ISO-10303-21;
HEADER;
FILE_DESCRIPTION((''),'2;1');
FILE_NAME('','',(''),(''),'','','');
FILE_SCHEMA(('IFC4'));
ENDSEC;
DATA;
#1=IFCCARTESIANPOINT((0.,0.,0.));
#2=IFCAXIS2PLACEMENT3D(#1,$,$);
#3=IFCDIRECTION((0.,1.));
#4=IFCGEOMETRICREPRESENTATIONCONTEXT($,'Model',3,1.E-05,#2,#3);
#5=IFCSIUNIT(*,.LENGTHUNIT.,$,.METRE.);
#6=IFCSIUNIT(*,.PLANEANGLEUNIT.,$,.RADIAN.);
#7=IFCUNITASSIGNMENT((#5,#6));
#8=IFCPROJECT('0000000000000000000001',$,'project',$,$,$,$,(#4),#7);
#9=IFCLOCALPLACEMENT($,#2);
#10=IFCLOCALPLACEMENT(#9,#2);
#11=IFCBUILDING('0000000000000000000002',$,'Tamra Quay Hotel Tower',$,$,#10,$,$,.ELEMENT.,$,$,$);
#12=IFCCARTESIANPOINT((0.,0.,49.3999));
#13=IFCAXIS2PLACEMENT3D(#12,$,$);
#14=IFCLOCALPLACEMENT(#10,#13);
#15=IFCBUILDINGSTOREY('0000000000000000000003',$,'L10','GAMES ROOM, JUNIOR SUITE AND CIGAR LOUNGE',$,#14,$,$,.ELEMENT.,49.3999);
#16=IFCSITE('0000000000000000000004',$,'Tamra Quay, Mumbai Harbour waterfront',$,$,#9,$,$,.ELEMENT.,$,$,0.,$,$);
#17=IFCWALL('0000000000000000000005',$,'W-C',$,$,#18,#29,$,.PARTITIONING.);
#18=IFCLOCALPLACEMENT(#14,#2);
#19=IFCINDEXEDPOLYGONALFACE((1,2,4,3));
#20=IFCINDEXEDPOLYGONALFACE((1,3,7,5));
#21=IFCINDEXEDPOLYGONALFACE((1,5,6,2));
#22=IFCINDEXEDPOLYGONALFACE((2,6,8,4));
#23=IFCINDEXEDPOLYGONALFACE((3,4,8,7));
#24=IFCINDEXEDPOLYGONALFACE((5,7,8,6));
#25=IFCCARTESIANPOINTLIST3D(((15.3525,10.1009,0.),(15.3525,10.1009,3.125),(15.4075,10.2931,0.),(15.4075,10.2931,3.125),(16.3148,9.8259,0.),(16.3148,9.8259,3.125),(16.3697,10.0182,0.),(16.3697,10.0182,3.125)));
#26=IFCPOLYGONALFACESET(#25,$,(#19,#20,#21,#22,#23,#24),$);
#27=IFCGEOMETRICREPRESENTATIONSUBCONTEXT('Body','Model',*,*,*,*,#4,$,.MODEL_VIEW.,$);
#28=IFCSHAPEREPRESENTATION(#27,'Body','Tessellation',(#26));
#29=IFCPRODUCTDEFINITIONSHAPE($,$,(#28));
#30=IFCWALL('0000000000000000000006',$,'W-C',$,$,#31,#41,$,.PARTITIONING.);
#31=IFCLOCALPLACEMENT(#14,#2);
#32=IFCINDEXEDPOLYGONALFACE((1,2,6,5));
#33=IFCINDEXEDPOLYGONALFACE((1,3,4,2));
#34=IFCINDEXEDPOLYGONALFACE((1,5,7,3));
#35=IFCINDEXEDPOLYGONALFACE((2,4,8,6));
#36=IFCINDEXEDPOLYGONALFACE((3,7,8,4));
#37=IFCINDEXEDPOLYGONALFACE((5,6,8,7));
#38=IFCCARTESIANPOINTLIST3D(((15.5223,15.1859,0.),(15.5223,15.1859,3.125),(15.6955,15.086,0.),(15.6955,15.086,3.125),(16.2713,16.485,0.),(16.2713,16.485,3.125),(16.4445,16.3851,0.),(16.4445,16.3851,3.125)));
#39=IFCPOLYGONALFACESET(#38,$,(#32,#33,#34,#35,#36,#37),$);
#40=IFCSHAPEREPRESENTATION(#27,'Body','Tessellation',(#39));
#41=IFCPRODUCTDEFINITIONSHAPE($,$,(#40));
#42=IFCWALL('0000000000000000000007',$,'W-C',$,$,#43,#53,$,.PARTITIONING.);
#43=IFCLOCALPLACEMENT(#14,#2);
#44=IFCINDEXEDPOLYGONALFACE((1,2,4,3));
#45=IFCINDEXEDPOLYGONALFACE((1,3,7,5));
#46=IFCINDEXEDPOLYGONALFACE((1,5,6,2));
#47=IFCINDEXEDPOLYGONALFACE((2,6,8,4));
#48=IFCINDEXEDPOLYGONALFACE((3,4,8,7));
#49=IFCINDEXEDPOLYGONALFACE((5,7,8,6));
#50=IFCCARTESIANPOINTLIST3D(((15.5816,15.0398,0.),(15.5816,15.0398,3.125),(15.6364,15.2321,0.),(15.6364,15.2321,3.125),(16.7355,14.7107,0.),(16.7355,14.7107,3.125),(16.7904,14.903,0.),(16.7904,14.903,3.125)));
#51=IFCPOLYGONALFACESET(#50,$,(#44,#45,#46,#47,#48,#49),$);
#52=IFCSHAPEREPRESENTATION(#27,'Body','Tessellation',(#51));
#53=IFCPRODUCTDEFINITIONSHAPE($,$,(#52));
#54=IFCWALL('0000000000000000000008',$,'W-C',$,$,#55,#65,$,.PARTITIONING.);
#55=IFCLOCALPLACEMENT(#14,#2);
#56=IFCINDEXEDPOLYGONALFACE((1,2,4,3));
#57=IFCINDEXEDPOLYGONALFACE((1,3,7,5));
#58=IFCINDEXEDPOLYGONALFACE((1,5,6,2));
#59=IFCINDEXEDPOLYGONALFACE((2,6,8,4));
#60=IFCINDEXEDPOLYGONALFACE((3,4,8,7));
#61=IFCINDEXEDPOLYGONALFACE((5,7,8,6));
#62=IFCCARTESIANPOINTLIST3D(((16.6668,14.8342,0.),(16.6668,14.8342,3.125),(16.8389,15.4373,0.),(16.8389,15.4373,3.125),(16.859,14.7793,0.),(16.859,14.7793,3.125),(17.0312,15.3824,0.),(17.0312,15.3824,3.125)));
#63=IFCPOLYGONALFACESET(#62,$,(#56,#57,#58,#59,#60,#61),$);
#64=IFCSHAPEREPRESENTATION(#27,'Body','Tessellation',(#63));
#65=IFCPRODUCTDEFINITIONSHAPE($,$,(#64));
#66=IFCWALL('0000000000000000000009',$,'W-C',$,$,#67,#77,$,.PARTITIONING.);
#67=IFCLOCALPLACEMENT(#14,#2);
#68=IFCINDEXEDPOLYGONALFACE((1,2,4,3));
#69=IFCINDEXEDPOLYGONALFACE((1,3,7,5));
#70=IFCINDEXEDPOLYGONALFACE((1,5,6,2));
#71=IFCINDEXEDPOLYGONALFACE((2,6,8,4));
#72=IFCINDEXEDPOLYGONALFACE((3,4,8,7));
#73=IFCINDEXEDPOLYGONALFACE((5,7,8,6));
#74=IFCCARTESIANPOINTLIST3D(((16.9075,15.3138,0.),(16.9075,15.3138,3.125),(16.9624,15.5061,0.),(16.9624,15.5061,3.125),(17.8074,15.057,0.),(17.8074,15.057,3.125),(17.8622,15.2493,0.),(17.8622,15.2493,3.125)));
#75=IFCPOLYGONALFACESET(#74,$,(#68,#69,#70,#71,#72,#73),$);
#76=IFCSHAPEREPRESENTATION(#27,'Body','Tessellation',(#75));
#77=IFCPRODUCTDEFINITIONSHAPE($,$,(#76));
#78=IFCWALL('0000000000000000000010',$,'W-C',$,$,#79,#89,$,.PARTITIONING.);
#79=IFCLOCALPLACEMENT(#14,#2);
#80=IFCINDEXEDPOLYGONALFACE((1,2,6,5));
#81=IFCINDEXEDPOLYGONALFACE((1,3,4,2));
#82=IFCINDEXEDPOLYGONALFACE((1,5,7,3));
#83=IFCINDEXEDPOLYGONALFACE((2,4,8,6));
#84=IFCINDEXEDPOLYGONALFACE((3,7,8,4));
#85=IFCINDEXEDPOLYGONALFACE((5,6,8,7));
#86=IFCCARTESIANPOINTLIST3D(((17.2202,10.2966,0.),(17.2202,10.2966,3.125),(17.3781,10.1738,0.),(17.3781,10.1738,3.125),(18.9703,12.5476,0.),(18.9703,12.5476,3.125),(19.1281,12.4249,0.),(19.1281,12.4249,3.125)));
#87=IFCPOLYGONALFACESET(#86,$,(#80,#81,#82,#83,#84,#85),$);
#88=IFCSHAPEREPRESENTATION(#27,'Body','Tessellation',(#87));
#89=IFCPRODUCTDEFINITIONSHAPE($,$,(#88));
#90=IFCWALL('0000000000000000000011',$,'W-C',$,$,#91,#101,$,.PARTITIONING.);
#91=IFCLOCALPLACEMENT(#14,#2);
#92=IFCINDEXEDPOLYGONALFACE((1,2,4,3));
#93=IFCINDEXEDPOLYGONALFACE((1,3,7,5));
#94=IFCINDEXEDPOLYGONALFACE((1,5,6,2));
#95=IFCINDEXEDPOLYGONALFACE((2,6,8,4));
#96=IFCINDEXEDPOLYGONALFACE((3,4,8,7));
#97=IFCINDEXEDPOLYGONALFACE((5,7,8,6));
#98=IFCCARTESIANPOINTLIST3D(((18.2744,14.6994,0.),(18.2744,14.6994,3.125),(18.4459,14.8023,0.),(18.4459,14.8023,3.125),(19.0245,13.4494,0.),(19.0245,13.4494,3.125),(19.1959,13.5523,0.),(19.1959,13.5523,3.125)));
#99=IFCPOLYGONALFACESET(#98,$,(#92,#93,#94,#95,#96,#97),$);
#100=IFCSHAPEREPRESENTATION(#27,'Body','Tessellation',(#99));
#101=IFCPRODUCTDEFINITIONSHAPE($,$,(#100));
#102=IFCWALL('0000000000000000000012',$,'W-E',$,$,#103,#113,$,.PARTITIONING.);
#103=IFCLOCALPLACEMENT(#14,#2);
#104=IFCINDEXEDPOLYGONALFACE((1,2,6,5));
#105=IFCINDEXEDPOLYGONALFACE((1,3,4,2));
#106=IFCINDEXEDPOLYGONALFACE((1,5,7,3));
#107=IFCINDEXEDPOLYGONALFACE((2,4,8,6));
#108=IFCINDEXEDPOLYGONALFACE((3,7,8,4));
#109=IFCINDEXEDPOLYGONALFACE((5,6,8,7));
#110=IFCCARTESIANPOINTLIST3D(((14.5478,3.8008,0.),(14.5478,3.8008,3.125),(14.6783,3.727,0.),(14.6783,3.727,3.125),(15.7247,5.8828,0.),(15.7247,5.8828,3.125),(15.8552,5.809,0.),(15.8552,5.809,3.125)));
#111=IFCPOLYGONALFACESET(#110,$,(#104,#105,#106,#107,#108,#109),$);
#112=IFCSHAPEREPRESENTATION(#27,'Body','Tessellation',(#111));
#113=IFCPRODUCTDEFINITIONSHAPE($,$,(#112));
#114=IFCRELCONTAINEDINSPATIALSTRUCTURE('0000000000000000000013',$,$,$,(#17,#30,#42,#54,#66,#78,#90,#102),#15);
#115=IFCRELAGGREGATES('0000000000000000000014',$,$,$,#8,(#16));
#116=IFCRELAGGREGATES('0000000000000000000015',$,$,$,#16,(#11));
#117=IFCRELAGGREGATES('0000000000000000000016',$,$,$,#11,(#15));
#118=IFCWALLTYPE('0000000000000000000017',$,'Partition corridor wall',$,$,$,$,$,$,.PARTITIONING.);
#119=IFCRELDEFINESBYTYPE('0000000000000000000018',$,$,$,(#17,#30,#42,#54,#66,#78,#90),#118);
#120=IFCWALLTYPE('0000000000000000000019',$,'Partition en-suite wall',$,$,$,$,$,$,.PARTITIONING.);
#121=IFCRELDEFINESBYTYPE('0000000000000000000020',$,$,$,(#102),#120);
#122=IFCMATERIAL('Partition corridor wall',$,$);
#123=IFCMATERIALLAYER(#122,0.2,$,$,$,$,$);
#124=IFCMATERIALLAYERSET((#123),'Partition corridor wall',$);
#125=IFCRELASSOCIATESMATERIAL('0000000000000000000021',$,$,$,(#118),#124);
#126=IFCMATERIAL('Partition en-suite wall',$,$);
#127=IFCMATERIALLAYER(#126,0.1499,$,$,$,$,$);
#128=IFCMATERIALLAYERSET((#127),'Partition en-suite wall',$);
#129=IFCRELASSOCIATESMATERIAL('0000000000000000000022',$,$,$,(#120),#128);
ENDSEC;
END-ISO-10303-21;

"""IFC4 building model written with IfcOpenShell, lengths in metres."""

from ifc_helpers import new_model, si_unit, direction, frame, frame_2d, origin, place, context, subcontext, project, spatial, rectangle, extrude, material, layer, layer_set, type_object, element, save


model = new_model("IFC4")

# Units and contexts
model_context = context("Model", 3, precision=1e-05, world=origin(), true_north=direction((0.0, 1.0)))
body_context = subcontext(model_context, "Body", "Model", "MODEL_VIEW")
ifc_project = project(units=[si_unit("LENGTHUNIT", "METRE"), si_unit("PLANEANGLEUNIT", "RADIAN")], contexts=[model_context])

# Site, building, storey
site_placement = place(None, origin())
site = spatial("IfcSite", under=ifc_project, at=site_placement, Name="Tamra Quay, Mumbai Harbour waterfront", CompositionType="ELEMENT", RefElevation=0.0)
building_placement = place(site_placement, origin())
building = spatial("IfcBuilding", under=site, at=building_placement, Name="Tamra Quay Hotel Tower", CompositionType="ELEMENT")
storey_placement = place(building_placement, frame((0.0, 0.0, 49.3999)))
storey = spatial("IfcBuildingStorey", under=building, at=storey_placement, Name="L10", Description="GAMES ROOM, JUNIOR SUITE AND CIGAR LOUNGE", CompositionType="ELEMENT", Elevation=49.3999)

# Walls
ifc_material_1 = material(Name="Partition corridor wall")
ifc_layer_1 = layer(ifc_material_1, 0.2)
ifc_layer_set_1 = layer_set([ifc_layer_1], Name="Partition corridor wall")
wall_type_1 = type_object("IfcWallType", Name="Partition corridor wall", PredefinedType="PARTITIONING", material=ifc_layer_set_1)
wall_1_placement = place(storey_placement, frame((15.3799, 10.197, 0.0), z_axis=(0.0, 0.0, 1.0), x_axis=(0.961524, -0.274721, 0.0)))
element("IfcWall", 1, at=wall_1_placement, inside=storey, type_object=wall_type_1, Name="W-C", PredefinedType="PARTITIONING", context=body_context, shape_type="SweptSolid", body=[
    extrude(rectangle(XDim=1.0007, YDim=0.2, at=frame_2d((0.5005, 0.0))), origin(), (0.0, 0.0, 1.0), 3.125),
])
wall_2_placement = place(storey_placement, frame((15.6089, 15.136, 0.0), z_axis=(0.0, 0.0, 1.0), x_axis=(0.499502, 0.866313, 0.0)))
element("IfcWall", 2, at=wall_2_placement, inside=storey, type_object=wall_type_1, Name="W-C", PredefinedType="PARTITIONING", context=body_context, shape_type="SweptSolid", body=[
    extrude(rectangle(XDim=1.4995, YDim=0.2, at=frame_2d((0.7498, 0.0))), origin(), (0.0, 0.0, 1.0), 3.125),
])
wall_3_placement = place(storey_placement, frame((15.6089, 15.136, 0.0), z_axis=(0.0, 0.0, 1.0), x_axis=(0.961662, -0.274237, 0.0)))
element("IfcWall", 3, at=wall_3_placement, inside=storey, type_object=wall_type_1, Name="W-C", PredefinedType="PARTITIONING", context=body_context, shape_type="SweptSolid", body=[
    extrude(rectangle(XDim=1.2, YDim=0.2, at=frame_2d((0.6001, 0.0))), origin(), (0.0, 0.0, 1.0), 3.125),
])
wall_4_placement = place(storey_placement, frame((16.7629, 14.8069, 0.0), z_axis=(0.0, 0.0, 1.0), x_axis=(0.274464, 0.961597, 0.0)))
element("IfcWall", 4, at=wall_4_placement, inside=storey, type_object=wall_type_1, Name="W-C", PredefinedType="PARTITIONING", context=body_context, shape_type="SweptSolid", body=[
    extrude(rectangle(XDim=0.6272, YDim=0.2, at=frame_2d((0.3135, 0.0))), origin(), (0.0, 0.0, 1.0), 3.125),
])
wall_5_placement = place(storey_placement, frame((16.9351, 15.4099, 0.0), z_axis=(0.0, 0.0, 1.0), x_axis=(0.961603, -0.274445, 0.0)))
element("IfcWall", 5, at=wall_5_placement, inside=storey, type_object=wall_type_1, Name="W-C", PredefinedType="PARTITIONING", context=body_context, shape_type="SweptSolid", body=[
    extrude(rectangle(XDim=0.9358, YDim=0.2, at=frame_2d((0.4678, 0.0))), origin(), (0.0, 0.0, 1.0), 3.125),
])
wall_6_placement = place(storey_placement, frame((17.2991, 10.2351, 0.0), z_axis=(0.0, 0.0, 1.0), x_axis=(0.613775, 0.789481, 0.0)))
element("IfcWall", 6, at=wall_6_placement, inside=storey, type_object=wall_type_1, Name="W-C", PredefinedType="PARTITIONING", context=body_context, shape_type="SweptSolid", body=[
    extrude(rectangle(XDim=2.8513, YDim=0.2, at=frame_2d((1.4258, 0.0))), origin(), (0.0, 0.0, 1.0), 3.125),
])
wall_7_placement = place(storey_placement, frame((18.3601, 14.751, 0.0), z_axis=(0.0, 0.0, 1.0), x_axis=(0.514496, -0.857493, 0.0)))
element("IfcWall", 7, at=wall_7_placement, inside=storey, type_object=wall_type_1, Name="W-C", PredefinedType="PARTITIONING", context=body_context, shape_type="SweptSolid", body=[
    extrude(rectangle(XDim=1.4578, YDim=0.2, at=frame_2d((0.729, 0.0))), origin(), (0.0, 0.0, 1.0), 3.125),
])
ifc_material_2 = material(Name="Partition en-suite wall")
ifc_layer_2 = layer(ifc_material_2, 0.1499)
ifc_layer_set_2 = layer_set([ifc_layer_2], Name="Partition en-suite wall")
wall_type_2 = type_object("IfcWallType", Name="Partition en-suite wall", PredefinedType="PARTITIONING", material=ifc_layer_set_2)
wall_8_placement = place(storey_placement, frame((14.613, 3.7639, 0.0), z_axis=(0.0, 0.0, 1.0), x_axis=(0.492121, 0.870527, 0.0)))
element("IfcWall", 8, at=wall_8_placement, inside=storey, type_object=wall_type_2, Name="W-E", PredefinedType="PARTITIONING", context=body_context, shape_type="SweptSolid", body=[
    extrude(rectangle(XDim=2.3916, YDim=0.1499, at=frame_2d((1.1958, 0.0))), origin(), (0.0, 0.0, 1.0), 3.125),
])

save(model, "model.ifc")
